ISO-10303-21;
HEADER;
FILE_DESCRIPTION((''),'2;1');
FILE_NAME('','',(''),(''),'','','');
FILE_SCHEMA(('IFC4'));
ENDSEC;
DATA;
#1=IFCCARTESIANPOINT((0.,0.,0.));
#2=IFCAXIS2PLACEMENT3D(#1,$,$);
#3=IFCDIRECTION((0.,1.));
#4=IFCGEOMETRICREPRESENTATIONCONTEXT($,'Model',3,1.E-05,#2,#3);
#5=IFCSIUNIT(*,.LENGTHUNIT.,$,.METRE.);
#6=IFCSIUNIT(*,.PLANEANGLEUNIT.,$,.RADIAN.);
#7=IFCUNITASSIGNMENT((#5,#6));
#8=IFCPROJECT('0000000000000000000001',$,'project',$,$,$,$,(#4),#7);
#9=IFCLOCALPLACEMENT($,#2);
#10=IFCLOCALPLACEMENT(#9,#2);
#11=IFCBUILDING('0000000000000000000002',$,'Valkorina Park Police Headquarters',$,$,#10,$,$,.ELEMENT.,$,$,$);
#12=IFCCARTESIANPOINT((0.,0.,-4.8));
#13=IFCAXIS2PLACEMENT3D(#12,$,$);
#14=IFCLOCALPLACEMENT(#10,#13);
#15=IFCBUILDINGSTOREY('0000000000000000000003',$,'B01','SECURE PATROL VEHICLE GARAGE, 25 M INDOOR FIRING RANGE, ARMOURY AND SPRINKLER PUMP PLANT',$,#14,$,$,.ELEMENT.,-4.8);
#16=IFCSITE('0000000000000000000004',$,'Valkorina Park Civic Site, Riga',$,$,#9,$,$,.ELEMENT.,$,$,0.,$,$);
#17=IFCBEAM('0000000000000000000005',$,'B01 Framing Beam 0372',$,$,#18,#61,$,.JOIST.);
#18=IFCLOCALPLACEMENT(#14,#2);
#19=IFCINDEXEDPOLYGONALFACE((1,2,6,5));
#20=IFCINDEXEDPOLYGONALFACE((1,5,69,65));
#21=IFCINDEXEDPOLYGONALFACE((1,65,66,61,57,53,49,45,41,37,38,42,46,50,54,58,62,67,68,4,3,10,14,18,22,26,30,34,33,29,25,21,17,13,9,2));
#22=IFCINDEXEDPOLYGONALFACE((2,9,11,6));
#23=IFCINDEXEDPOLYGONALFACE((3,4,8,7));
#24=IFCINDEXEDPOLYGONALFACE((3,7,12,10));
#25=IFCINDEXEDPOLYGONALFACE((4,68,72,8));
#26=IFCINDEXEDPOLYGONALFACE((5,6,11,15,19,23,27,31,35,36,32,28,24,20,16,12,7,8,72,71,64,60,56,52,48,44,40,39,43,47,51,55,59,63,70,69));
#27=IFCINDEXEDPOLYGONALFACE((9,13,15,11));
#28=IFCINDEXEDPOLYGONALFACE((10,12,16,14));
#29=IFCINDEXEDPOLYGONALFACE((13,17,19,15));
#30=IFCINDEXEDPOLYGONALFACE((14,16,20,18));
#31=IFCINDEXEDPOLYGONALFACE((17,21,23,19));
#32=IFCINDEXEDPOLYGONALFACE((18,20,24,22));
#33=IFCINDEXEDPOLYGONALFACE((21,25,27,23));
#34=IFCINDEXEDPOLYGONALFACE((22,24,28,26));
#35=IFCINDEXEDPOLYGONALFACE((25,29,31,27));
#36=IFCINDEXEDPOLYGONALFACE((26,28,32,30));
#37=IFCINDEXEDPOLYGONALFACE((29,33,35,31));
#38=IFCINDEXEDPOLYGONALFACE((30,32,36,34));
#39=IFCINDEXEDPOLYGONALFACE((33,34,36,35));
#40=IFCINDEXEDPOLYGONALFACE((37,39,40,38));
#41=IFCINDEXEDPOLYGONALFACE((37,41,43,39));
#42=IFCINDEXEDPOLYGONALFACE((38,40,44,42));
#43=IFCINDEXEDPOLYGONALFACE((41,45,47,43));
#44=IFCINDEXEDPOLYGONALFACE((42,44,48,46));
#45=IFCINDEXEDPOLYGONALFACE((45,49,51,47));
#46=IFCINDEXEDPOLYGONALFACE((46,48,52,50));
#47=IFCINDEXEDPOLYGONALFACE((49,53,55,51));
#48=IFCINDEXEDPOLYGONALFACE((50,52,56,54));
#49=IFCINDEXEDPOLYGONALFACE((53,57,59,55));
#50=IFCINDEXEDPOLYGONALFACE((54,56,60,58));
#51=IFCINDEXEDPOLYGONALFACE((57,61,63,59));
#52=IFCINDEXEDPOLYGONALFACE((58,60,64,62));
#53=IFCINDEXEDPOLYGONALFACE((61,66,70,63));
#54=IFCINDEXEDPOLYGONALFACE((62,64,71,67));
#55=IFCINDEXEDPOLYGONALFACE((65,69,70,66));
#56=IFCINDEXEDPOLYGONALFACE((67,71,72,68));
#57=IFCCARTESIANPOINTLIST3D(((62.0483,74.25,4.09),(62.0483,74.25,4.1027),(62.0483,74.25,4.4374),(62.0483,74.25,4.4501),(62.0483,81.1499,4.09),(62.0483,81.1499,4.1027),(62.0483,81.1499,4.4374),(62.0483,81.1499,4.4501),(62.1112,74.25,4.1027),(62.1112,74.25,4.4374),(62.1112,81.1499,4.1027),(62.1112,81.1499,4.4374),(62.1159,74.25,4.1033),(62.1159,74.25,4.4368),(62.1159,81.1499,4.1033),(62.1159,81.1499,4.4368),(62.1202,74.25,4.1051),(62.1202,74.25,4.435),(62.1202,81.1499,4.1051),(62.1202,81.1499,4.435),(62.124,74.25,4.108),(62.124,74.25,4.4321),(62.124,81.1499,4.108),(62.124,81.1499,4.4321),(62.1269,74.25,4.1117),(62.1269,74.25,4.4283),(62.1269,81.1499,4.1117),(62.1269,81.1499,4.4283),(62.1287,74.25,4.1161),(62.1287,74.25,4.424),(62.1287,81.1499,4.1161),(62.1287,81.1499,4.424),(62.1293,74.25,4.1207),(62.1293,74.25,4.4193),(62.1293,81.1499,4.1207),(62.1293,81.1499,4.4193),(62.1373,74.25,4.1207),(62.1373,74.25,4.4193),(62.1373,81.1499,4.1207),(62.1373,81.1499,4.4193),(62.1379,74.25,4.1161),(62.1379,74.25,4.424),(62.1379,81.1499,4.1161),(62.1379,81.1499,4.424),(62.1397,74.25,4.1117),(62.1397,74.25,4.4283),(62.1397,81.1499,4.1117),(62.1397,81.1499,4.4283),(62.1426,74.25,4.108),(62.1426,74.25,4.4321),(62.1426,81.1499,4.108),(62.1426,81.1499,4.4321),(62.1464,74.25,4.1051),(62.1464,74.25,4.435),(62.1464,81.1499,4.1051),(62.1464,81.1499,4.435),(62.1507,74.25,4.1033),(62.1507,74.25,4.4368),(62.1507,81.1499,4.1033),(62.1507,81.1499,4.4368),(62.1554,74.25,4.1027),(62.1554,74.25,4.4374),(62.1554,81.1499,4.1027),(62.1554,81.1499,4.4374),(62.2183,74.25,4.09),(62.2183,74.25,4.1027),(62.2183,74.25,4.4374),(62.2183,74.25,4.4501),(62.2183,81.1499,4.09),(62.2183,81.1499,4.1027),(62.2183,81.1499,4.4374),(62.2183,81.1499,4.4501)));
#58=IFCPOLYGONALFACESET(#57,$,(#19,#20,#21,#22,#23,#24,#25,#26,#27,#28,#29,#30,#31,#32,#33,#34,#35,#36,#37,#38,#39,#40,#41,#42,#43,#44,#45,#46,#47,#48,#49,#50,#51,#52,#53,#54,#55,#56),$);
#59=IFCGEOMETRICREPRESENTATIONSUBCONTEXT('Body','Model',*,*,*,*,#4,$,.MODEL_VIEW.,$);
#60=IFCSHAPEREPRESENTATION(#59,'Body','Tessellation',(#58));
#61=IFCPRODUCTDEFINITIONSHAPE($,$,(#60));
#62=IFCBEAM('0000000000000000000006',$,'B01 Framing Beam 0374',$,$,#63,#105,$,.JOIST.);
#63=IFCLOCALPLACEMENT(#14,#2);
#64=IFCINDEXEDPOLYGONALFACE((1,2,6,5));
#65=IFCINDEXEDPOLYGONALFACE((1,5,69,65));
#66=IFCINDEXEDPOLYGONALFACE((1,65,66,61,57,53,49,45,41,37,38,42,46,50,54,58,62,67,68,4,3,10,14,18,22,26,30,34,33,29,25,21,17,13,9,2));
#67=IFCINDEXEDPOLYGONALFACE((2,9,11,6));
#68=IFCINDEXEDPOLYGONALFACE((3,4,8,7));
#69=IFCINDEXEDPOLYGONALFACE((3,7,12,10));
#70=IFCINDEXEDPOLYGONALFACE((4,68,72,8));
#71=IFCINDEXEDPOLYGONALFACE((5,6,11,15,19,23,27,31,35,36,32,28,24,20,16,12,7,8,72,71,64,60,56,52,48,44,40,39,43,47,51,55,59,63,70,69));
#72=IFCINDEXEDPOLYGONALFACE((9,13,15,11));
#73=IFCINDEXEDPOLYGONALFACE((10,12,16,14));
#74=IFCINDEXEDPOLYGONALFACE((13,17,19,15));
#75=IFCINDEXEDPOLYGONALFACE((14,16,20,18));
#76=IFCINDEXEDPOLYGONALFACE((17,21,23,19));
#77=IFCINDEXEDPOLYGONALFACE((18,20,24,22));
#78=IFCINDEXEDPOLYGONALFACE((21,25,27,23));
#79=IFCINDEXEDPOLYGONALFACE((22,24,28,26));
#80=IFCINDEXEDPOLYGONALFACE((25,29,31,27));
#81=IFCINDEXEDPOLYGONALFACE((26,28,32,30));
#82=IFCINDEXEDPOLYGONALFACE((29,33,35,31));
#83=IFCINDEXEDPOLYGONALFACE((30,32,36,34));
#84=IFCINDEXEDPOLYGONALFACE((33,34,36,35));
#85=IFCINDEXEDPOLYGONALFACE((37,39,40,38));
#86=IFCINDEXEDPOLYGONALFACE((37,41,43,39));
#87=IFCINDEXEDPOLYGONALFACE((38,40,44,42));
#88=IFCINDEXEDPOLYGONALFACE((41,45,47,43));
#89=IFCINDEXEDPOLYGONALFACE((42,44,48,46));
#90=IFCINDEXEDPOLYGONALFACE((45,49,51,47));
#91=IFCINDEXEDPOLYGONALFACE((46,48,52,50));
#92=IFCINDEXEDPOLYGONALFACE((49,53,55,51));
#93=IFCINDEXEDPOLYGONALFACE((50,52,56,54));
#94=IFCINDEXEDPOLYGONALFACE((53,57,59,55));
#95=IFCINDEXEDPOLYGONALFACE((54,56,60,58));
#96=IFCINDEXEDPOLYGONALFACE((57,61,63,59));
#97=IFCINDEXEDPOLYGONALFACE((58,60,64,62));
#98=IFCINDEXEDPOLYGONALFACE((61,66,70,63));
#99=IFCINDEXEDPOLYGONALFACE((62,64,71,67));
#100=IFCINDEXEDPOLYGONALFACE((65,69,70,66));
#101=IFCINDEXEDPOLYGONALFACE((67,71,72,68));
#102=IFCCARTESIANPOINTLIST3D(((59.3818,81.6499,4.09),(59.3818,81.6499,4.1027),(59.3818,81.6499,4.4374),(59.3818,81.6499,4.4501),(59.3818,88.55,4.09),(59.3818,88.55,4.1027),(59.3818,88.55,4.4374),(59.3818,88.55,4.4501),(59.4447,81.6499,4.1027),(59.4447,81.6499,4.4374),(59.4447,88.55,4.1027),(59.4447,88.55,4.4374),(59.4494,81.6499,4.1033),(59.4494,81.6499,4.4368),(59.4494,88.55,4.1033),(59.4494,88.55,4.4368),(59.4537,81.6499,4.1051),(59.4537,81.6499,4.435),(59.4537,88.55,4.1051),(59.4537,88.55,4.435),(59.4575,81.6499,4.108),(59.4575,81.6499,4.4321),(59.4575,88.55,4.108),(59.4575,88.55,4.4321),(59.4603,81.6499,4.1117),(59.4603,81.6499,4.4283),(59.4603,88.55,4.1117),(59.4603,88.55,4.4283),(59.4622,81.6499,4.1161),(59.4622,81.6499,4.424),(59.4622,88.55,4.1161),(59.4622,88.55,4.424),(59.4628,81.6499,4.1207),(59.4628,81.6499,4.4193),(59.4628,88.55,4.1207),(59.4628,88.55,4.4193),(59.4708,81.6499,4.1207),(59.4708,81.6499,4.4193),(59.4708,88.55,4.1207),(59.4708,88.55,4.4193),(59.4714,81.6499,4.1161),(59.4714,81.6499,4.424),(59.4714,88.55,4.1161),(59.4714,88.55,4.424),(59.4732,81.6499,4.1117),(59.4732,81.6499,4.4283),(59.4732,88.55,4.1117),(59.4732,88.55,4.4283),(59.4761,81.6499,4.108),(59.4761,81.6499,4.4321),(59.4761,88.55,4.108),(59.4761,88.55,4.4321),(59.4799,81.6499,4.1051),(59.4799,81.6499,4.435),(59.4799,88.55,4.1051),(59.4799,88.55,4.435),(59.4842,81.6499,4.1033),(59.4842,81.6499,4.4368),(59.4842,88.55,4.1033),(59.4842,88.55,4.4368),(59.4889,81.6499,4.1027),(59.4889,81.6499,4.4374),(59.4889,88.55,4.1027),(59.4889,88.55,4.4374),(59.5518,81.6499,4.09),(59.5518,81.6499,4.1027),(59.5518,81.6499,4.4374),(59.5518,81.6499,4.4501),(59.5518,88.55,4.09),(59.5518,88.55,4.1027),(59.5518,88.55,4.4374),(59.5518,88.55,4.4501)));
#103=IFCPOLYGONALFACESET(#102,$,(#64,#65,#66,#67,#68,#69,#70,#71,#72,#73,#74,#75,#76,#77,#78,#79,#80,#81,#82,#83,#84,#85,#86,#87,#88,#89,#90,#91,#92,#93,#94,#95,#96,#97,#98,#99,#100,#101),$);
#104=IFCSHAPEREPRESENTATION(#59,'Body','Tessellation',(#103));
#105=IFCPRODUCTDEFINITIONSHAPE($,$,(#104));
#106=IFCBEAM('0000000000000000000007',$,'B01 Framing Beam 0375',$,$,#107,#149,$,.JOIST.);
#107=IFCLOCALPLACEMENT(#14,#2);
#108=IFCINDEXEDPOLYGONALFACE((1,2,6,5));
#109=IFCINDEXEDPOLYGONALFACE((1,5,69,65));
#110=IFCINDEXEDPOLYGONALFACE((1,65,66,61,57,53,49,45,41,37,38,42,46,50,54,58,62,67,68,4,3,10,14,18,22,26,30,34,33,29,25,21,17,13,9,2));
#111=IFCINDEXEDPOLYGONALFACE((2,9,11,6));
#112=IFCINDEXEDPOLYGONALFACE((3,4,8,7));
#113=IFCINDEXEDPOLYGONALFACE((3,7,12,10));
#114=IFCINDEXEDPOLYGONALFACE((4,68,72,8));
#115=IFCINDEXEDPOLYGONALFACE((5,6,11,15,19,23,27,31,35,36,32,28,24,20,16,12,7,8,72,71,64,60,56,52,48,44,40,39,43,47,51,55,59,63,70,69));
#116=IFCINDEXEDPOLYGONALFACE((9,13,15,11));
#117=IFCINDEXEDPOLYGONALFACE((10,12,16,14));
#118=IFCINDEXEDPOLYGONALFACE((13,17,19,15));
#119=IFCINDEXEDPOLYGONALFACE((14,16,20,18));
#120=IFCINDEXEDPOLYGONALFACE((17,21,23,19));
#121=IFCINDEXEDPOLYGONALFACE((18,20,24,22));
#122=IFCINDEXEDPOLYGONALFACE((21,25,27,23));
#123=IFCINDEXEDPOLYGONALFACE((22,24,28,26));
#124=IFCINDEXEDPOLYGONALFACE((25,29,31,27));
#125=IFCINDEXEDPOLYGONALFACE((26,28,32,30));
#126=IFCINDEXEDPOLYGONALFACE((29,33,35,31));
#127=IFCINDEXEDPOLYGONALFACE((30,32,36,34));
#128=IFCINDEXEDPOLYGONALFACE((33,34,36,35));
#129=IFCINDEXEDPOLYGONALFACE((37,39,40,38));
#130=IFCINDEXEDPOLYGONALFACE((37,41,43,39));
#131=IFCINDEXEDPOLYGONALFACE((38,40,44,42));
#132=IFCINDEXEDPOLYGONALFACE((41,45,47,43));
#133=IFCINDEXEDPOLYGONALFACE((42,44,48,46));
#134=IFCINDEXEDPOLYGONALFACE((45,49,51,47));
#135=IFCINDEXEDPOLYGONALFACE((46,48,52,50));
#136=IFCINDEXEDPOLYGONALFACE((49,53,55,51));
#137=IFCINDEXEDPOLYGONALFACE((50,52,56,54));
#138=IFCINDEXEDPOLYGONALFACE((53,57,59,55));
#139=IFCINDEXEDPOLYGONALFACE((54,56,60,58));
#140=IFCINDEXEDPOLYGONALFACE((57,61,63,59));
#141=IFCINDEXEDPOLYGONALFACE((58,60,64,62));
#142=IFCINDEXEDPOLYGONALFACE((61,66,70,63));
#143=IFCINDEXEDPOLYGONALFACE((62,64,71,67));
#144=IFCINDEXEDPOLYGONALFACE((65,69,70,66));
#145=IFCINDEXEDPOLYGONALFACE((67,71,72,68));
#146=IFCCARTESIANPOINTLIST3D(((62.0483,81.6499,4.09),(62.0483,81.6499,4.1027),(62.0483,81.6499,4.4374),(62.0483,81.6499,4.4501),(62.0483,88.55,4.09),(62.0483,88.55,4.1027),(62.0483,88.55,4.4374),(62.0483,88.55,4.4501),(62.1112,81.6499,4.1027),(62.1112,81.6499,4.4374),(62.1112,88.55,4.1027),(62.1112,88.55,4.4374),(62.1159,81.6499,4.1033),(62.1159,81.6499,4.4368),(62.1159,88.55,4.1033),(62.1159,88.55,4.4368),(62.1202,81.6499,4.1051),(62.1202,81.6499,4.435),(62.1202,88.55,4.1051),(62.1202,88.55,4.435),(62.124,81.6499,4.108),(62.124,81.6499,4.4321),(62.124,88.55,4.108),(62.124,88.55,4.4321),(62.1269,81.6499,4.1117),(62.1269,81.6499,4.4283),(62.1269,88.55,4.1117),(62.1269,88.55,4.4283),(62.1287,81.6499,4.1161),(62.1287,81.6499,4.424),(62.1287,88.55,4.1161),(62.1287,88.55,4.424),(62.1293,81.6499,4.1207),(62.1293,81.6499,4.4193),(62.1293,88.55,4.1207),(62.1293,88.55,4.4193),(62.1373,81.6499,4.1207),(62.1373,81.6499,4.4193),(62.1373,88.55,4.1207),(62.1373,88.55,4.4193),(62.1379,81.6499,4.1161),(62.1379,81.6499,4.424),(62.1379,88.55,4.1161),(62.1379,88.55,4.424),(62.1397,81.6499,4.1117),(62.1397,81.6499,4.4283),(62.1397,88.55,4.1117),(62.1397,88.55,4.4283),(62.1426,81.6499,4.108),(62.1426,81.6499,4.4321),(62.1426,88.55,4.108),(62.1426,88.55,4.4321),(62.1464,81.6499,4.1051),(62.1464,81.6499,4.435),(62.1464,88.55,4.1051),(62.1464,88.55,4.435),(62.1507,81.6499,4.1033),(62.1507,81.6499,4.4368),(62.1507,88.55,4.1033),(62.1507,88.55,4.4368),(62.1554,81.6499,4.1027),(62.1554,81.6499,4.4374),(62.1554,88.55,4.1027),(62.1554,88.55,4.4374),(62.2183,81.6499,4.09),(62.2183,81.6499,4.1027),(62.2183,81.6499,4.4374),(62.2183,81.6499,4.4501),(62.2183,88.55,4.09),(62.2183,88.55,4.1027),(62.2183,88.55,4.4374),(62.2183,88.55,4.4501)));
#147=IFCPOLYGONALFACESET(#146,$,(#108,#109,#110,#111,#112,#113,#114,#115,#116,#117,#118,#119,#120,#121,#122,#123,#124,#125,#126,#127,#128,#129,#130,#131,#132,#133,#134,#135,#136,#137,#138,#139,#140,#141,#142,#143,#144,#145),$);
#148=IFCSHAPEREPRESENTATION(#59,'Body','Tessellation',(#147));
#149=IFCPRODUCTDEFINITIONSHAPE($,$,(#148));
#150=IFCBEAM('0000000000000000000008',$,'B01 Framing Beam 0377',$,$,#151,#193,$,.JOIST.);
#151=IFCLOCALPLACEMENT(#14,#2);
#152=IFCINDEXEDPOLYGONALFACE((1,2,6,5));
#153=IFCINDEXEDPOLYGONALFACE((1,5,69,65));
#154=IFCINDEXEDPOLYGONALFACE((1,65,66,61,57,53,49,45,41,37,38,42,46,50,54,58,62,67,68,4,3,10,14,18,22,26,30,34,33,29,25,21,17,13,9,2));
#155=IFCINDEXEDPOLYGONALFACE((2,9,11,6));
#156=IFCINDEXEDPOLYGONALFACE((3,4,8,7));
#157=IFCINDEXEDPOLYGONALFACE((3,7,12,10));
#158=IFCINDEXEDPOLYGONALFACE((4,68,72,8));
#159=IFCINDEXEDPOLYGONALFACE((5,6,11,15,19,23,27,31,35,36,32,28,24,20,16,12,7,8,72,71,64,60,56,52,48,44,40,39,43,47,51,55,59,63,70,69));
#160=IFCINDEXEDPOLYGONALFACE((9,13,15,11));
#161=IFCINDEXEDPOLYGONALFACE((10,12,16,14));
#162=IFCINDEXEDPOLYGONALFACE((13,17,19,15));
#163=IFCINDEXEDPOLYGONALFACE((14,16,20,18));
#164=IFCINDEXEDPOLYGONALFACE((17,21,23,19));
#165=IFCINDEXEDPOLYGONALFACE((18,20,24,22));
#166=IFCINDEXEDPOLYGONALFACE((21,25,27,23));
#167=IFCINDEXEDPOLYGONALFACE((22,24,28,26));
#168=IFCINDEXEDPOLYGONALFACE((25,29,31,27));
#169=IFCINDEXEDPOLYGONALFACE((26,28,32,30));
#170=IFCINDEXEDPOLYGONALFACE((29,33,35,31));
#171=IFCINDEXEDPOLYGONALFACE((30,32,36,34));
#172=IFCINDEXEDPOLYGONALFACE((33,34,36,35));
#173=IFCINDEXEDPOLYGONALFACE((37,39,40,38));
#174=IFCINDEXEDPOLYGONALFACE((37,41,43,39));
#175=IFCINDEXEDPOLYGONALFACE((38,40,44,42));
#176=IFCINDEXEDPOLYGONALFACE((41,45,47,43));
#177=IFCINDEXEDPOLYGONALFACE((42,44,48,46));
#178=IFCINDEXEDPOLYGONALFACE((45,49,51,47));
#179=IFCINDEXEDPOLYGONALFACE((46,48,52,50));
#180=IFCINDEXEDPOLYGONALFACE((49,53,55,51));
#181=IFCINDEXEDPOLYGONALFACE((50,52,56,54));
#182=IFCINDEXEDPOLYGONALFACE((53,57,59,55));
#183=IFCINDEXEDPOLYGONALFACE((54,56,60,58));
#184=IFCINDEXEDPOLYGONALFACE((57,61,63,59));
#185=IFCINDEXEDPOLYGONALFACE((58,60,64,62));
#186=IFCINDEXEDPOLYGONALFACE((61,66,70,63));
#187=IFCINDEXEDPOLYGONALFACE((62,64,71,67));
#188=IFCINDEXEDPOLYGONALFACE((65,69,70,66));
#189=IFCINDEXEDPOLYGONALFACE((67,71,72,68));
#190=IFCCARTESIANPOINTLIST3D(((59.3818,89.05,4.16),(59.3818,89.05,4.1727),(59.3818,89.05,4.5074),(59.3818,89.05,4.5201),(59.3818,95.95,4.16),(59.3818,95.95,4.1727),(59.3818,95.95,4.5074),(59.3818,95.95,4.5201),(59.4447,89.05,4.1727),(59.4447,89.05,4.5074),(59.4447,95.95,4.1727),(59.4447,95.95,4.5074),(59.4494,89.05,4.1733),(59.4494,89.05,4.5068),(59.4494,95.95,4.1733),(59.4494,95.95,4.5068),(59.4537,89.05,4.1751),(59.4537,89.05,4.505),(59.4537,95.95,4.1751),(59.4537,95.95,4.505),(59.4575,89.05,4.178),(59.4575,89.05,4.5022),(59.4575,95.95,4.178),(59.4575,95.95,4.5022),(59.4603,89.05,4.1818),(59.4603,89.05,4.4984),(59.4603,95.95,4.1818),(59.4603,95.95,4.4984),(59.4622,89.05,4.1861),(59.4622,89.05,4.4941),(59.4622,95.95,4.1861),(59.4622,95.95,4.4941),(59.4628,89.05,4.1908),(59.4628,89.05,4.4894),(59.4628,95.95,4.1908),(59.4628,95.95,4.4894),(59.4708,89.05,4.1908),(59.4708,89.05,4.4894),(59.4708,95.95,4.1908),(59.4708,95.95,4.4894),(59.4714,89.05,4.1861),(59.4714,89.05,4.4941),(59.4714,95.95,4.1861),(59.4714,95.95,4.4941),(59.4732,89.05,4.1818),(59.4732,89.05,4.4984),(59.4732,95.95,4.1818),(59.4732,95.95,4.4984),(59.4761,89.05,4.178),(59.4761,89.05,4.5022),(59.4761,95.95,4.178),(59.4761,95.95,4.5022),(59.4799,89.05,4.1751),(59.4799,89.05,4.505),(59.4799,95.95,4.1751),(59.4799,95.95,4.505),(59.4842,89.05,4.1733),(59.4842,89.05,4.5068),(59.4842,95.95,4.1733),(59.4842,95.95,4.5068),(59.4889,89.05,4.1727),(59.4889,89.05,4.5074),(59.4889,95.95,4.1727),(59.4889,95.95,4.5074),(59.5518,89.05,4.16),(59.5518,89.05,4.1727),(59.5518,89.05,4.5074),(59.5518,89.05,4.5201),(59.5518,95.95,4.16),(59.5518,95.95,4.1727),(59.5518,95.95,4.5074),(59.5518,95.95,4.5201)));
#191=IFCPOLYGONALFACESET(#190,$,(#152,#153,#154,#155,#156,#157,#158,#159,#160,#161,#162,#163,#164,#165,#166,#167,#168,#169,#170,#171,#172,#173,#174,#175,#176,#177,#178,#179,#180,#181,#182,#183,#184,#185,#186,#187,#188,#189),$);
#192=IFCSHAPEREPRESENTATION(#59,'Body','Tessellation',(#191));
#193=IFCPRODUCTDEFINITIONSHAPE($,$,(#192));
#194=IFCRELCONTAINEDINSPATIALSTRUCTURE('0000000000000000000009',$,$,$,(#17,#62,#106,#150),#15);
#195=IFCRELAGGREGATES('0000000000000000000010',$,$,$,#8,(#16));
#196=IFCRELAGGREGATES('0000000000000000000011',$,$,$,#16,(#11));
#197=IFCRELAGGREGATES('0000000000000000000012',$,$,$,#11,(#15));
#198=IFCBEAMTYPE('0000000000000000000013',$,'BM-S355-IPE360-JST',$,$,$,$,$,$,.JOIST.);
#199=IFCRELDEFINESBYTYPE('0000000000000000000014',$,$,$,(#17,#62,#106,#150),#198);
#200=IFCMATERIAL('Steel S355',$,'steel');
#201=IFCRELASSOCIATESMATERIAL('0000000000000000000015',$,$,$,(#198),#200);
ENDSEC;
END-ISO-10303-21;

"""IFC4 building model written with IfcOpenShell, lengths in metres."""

from ifc_helpers import new_model, si_unit, direction, frame, origin, origin_2d, place, context, subcontext, project, spatial, i_section, extrude, material, material_profile, profile_set, type_object, element, save


model = new_model("IFC4")

# Units and contexts
model_context = context("Model", 3, precision=1e-05, world=origin(), true_north=direction((0.0, 1.0)))
body_context = subcontext(model_context, "Body", "Model", "MODEL_VIEW")
ifc_project = project(units=[si_unit("LENGTHUNIT", "METRE"), si_unit("PLANEANGLEUNIT", "RADIAN")], contexts=[model_context])

# Site, building, storey
site_placement = place(None, origin())
site = spatial("IfcSite", under=ifc_project, at=site_placement, Name="Valkorina Park Civic Site, Riga", CompositionType="ELEMENT", RefElevation=0.0)
building_placement = place(site_placement, origin())
building = spatial("IfcBuilding", under=site, at=building_placement, Name="Valkorina Park Police Headquarters", CompositionType="ELEMENT")
storey_placement = place(building_placement, frame((0.0, 0.0, -4.8)))
storey = spatial("IfcBuildingStorey", under=building, at=storey_placement, Name="B01", Description="SECURE PATROL VEHICLE GARAGE, 25 M INDOOR FIRING RANGE, ARMOURY AND SPRINKLER PUMP PLANT", CompositionType="ELEMENT", Elevation=-4.8)

# Beams
ifc_material_1 = material(Name="Steel S355", Category="steel")
ifc_material_profile_1 = material_profile(ifc_material_1, i_section(OverallWidth=0.1699, OverallDepth=0.3601, WebThickness=0.0081, FlangeThickness=0.0127, FilletRadius=0.0181, at=origin_2d()), Name="IPE 360")
ifc_profile_set_1 = profile_set([ifc_material_profile_1], Name="Steel S355")
beam_type_1 = type_object("IfcBeamType", Name="BM-S355-IPE360-JST", PredefinedType="JOIST", material=ifc_profile_set_1)
for number, where, z_axis, x_axis, name in (
    (1, (62.1333, 74.25, 4.27), (0.0, 1.0, 0.0), (-1.0, 0.0, 0.0), "B01 Framing Beam 0372"),
):
    element("IfcBeam", number, at=place(storey_placement, frame(where, z_axis=z_axis, x_axis=x_axis)), inside=storey, type_object=beam_type_1, Name=name, PredefinedType="JOIST", context=body_context, shape_type="SweptSolid", body=[
        extrude(i_section(OverallWidth=0.1699, OverallDepth=0.3601, WebThickness=0.0081, FlangeThickness=0.0127, FilletRadius=0.0181, at=origin_2d()), origin(), (0.0, 0.0, 1.0), 6.8999),
    ])
for number, where, z_axis, x_axis, name in (
    (2, (59.4668, 81.6499, 4.27), (0.0, 1.0, 0.0), (-1.0, 0.0, 0.0), "B01 Framing Beam 0374"),
    (3, (62.1333, 81.6499, 4.27), (0.0, 1.0, 0.0), (-1.0, 0.0, 0.0), "B01 Framing Beam 0375"),
):
    element("IfcBeam", number, at=place(storey_placement, frame(where, z_axis=z_axis, x_axis=x_axis)), inside=storey, type_object=beam_type_1, Name=name, PredefinedType="JOIST", context=body_context, shape_type="SweptSolid", body=[
        extrude(i_section(OverallWidth=0.1699, OverallDepth=0.3601, WebThickness=0.0081, FlangeThickness=0.0127, FilletRadius=0.0181, at=origin_2d()), origin(), (0.0, 0.0, 1.0), 6.9001),
    ])
for number, where, z_axis, x_axis, name in (
    (4, (59.4668, 89.05, 4.3401), (0.0, 1.0, 0.0), (-1.0, 0.0, 0.0), "B01 Framing Beam 0377"),
):
    element("IfcBeam", number, at=place(storey_placement, frame(where, z_axis=z_axis, x_axis=x_axis)), inside=storey, type_object=beam_type_1, Name=name, PredefinedType="JOIST", context=body_context, shape_type="SweptSolid", body=[
        extrude(i_section(OverallWidth=0.1699, OverallDepth=0.3601, WebThickness=0.0081, FlangeThickness=0.0127, FilletRadius=0.0181, at=origin_2d()), origin(), (0.0, 0.0, 1.0), 6.8999),
    ])

save(model, "model.ifc")
